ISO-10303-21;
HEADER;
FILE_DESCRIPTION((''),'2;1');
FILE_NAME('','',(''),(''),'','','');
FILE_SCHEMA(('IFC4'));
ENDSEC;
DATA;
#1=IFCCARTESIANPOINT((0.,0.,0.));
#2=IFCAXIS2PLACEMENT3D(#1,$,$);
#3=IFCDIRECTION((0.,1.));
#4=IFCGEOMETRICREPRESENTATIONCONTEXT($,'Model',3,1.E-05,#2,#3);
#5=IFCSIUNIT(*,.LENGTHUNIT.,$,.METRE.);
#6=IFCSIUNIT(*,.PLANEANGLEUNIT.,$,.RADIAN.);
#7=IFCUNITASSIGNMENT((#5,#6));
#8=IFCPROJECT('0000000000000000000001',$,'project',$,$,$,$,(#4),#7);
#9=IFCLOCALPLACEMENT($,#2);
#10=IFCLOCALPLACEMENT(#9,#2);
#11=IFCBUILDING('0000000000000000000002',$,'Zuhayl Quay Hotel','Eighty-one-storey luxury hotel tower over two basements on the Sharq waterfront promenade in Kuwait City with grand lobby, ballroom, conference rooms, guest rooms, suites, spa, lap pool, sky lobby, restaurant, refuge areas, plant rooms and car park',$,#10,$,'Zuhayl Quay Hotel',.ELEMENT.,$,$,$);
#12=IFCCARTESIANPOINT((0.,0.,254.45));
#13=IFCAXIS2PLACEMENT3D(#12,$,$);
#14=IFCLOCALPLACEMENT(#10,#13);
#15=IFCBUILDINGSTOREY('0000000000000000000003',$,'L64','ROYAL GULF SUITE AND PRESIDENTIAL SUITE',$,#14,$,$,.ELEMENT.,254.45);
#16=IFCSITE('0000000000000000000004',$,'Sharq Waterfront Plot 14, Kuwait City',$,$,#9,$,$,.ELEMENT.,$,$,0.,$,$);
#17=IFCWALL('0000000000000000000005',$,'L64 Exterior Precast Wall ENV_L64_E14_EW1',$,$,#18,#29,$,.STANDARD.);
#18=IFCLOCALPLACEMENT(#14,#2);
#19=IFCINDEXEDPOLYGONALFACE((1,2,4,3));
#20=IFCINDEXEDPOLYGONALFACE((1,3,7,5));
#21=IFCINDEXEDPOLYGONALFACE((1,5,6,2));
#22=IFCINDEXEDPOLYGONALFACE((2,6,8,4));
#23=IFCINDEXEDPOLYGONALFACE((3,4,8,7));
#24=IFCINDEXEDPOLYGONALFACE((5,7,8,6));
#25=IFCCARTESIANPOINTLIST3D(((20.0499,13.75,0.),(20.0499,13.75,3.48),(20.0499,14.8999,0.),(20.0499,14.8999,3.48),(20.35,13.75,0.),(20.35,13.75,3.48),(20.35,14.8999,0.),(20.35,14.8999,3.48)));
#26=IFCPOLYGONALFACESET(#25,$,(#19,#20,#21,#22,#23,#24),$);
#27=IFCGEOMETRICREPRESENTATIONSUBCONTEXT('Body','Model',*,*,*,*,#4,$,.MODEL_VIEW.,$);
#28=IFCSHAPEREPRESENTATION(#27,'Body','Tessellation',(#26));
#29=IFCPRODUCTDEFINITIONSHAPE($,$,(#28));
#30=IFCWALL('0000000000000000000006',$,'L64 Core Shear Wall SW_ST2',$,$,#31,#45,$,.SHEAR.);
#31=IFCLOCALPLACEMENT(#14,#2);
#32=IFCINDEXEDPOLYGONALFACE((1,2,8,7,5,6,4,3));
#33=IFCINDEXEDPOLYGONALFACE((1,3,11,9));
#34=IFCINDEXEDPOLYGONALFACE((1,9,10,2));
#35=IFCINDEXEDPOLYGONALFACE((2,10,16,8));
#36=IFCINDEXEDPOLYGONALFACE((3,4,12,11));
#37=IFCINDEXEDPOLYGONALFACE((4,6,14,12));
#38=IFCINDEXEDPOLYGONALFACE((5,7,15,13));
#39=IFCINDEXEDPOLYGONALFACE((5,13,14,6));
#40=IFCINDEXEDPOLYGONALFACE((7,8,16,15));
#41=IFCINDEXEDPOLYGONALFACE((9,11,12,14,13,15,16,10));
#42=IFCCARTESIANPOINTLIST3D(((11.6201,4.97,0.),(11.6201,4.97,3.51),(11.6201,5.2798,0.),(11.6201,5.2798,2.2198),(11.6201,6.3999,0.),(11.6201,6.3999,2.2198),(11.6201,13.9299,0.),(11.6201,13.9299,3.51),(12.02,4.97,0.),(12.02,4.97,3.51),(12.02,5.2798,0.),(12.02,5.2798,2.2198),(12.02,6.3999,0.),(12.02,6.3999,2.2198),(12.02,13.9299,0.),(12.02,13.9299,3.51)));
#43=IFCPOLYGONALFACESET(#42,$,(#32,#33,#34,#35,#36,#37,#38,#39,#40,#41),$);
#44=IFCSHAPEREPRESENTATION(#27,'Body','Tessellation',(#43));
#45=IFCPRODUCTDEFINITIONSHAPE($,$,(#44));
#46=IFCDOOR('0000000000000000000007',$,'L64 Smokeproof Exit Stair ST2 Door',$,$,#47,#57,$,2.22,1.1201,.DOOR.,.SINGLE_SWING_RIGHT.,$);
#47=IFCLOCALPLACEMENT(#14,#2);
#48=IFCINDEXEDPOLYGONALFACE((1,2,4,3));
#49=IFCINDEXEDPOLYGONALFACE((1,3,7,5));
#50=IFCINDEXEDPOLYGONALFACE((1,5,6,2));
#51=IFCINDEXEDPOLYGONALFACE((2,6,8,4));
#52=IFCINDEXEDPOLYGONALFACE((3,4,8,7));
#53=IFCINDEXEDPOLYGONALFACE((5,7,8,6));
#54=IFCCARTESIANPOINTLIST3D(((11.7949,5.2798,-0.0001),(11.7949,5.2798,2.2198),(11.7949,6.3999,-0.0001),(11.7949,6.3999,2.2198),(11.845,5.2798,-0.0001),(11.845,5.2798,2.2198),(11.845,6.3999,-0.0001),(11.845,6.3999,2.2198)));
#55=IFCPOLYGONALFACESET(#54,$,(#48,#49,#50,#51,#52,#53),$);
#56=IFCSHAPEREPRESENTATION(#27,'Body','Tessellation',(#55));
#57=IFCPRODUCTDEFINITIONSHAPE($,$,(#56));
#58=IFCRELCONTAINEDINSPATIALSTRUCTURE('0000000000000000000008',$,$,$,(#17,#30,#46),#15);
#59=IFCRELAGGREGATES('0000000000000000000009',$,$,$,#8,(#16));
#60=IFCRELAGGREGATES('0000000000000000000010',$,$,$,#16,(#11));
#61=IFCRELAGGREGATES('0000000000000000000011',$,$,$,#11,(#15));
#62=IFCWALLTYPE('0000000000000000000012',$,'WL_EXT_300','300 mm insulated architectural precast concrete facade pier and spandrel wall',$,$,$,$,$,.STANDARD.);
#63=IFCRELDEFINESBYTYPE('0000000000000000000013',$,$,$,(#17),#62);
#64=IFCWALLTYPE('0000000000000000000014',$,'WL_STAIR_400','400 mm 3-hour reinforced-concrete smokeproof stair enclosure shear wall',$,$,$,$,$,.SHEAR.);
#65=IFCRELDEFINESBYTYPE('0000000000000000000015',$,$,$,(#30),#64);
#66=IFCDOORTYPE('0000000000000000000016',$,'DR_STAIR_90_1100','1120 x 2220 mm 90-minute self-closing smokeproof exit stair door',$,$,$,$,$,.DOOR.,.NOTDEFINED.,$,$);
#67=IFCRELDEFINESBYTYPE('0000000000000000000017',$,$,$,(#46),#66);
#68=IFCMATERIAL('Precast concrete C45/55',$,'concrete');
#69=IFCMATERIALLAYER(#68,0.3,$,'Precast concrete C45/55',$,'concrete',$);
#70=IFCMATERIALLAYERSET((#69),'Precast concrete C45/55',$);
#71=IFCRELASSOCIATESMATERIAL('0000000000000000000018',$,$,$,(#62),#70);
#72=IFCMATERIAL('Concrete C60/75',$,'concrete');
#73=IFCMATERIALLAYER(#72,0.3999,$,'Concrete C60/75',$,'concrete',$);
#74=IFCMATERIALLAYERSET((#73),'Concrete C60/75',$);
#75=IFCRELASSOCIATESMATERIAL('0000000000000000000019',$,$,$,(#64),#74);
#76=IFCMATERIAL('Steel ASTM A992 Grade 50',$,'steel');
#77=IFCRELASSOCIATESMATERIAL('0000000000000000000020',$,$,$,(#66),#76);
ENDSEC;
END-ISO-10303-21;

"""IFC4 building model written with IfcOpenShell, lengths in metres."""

from ifc_helpers import new_model, si_unit, direction, frame, frame_2d, origin, place, context, subcontext, project, spatial, rectangle, extrude, material, layer, layer_set, type_object, element, fill, save


model = new_model("IFC4")

# Units and contexts
model_context = context("Model", 3, precision=1e-05, world=origin(), true_north=direction((0.0, 1.0)))
body_context = subcontext(model_context, "Body", "Model", "MODEL_VIEW")
ifc_project = project(units=[si_unit("LENGTHUNIT", "METRE"), si_unit("PLANEANGLEUNIT", "RADIAN")], contexts=[model_context])

# Site, building, storey
site_placement = place(None, origin())
site = spatial("IfcSite", under=ifc_project, at=site_placement, Name="Sharq Waterfront Plot 14, Kuwait City", CompositionType="ELEMENT", RefElevation=0.0)
building_placement = place(site_placement, origin())
building = spatial("IfcBuilding", under=site, at=building_placement, Name="Zuhayl Quay Hotel", Description="Eighty-one-storey luxury hotel tower over two basements on the Sharq waterfront promenade in Kuwait City with grand lobby, ballroom, conference rooms, guest rooms, suites, spa, lap pool, sky lobby, restaurant, refuge areas, plant rooms and car park", LongName="Zuhayl Quay Hotel", CompositionType="ELEMENT")
storey_placement = place(building_placement, frame((0.0, 0.0, 254.45)))
storey = spatial("IfcBuildingStorey", under=building, at=storey_placement, Name="L64", Description="ROYAL GULF SUITE AND PRESIDENTIAL SUITE", CompositionType="ELEMENT", Elevation=254.45)

# Shared definitions
ifc_material_1 = material(Name="Concrete C60/75", Category="concrete")

# Shared definitions
ifc_material_2 = material(Name="Steel ASTM A992 Grade 50", Category="steel")

# Shared definitions
ifc_material_3 = material(Name="Precast concrete C45/55", Category="concrete")
ifc_layer_1 = layer(ifc_material_3, 0.3, Name="Precast concrete C45/55", Category="concrete")
ifc_layer_set_1 = layer_set([ifc_layer_1], Name="Precast concrete C45/55")
wall_type_1 = type_object("IfcWallType", Name="WL_EXT_300", Description="300 mm insulated architectural precast concrete facade pier and spandrel wall", PredefinedType="STANDARD", material=ifc_layer_set_1)

# Wall
wall_1_placement = place(storey_placement, frame((20.2, 14.8999, 0.0), z_axis=(0.0, 0.0, 1.0), x_axis=(0.0, -1.0, 0.0)))
element("IfcWall", 1, at=wall_1_placement, inside=storey, type_object=wall_type_1, Name="L64 Exterior Precast Wall ENV_L64_E14_EW1", PredefinedType="STANDARD", context=body_context, shape_type="SweptSolid", body=[
    extrude(rectangle(XDim=1.1499, YDim=0.3, at=frame_2d((0.575, 0.0))), origin(), (0.0, 0.0, 1.0), 3.48),
])

# Wall, opening, door
ifc_layer_2 = layer(ifc_material_1, 0.3999, Name="Concrete C60/75", Category="concrete")
ifc_layer_set_2 = layer_set([ifc_layer_2], Name="Concrete C60/75")
wall_type_2 = type_object("IfcWallType", Name="WL_STAIR_400", Description="400 mm 3-hour reinforced-concrete smokeproof stair enclosure shear wall", PredefinedType="SHEAR", material=ifc_layer_set_2)
wall_2_placement = place(storey_placement, frame((11.8201, 13.9299, 0.0), z_axis=(0.0, 0.0, 1.0), x_axis=(0.0, -1.0, 0.0)))
wall_2 = element("IfcWall", 2, at=wall_2_placement, inside=storey, type_object=wall_type_2, Name="L64 Core Shear Wall SW_ST2", PredefinedType="SHEAR", context=body_context, shape_type="SweptSolid", body=[
    extrude(rectangle(XDim=8.96, YDim=0.3999, at=frame_2d((4.48, 0.0))), origin(), (0.0, 0.0, 1.0), 3.51),
])
opening_1_placement = place(wall_2_placement, frame((7.53, 0.0, 0.0)))
opening_1 = element("IfcOpeningElement", 3, at=opening_1_placement, cuts=wall_2, PredefinedType="OPENING", context=body_context, shape_type="SweptSolid", body=[
    extrude(rectangle(XDim=1.1201, YDim=2.22, at=frame_2d((0.5601, 1.1099))), frame((0.0, 0.21, 0.0), z_axis=(0.0, -1.0, 0.0), x_axis=(1.0, 0.0, 0.0)), (0.0, 0.0, 1.0), 0.4199),
])
door_type = type_object("IfcDoorType", Name="DR_STAIR_90_1100", Description="1120 x 2220 mm 90-minute self-closing smokeproof exit stair door", OperationType="NOTDEFINED", PredefinedType="DOOR", material=ifc_material_2)
door_placement = place(opening_1_placement, origin())
door = element("IfcDoor", 4, at=door_placement, inside=storey, type_object=door_type, Name="L64 Smokeproof Exit Stair ST2 Door", OperationType="SINGLE_SWING_RIGHT", OverallHeight=2.22, OverallWidth=1.1201, PredefinedType="DOOR", context=body_context, shape_type="SweptSolid", body=[
    extrude(rectangle(XDim=1.1201, YDim=2.22, at=frame_2d((0.5601, 1.1099))), frame((0.0, 0.0249, 0.0), z_axis=(0.0, -1.0, 0.0), x_axis=(1.0, 0.0, 0.0)), (0.0, 0.0, 1.0), 0.05),
])
fill(opening_1, door)

save(model, "model.ifc")
